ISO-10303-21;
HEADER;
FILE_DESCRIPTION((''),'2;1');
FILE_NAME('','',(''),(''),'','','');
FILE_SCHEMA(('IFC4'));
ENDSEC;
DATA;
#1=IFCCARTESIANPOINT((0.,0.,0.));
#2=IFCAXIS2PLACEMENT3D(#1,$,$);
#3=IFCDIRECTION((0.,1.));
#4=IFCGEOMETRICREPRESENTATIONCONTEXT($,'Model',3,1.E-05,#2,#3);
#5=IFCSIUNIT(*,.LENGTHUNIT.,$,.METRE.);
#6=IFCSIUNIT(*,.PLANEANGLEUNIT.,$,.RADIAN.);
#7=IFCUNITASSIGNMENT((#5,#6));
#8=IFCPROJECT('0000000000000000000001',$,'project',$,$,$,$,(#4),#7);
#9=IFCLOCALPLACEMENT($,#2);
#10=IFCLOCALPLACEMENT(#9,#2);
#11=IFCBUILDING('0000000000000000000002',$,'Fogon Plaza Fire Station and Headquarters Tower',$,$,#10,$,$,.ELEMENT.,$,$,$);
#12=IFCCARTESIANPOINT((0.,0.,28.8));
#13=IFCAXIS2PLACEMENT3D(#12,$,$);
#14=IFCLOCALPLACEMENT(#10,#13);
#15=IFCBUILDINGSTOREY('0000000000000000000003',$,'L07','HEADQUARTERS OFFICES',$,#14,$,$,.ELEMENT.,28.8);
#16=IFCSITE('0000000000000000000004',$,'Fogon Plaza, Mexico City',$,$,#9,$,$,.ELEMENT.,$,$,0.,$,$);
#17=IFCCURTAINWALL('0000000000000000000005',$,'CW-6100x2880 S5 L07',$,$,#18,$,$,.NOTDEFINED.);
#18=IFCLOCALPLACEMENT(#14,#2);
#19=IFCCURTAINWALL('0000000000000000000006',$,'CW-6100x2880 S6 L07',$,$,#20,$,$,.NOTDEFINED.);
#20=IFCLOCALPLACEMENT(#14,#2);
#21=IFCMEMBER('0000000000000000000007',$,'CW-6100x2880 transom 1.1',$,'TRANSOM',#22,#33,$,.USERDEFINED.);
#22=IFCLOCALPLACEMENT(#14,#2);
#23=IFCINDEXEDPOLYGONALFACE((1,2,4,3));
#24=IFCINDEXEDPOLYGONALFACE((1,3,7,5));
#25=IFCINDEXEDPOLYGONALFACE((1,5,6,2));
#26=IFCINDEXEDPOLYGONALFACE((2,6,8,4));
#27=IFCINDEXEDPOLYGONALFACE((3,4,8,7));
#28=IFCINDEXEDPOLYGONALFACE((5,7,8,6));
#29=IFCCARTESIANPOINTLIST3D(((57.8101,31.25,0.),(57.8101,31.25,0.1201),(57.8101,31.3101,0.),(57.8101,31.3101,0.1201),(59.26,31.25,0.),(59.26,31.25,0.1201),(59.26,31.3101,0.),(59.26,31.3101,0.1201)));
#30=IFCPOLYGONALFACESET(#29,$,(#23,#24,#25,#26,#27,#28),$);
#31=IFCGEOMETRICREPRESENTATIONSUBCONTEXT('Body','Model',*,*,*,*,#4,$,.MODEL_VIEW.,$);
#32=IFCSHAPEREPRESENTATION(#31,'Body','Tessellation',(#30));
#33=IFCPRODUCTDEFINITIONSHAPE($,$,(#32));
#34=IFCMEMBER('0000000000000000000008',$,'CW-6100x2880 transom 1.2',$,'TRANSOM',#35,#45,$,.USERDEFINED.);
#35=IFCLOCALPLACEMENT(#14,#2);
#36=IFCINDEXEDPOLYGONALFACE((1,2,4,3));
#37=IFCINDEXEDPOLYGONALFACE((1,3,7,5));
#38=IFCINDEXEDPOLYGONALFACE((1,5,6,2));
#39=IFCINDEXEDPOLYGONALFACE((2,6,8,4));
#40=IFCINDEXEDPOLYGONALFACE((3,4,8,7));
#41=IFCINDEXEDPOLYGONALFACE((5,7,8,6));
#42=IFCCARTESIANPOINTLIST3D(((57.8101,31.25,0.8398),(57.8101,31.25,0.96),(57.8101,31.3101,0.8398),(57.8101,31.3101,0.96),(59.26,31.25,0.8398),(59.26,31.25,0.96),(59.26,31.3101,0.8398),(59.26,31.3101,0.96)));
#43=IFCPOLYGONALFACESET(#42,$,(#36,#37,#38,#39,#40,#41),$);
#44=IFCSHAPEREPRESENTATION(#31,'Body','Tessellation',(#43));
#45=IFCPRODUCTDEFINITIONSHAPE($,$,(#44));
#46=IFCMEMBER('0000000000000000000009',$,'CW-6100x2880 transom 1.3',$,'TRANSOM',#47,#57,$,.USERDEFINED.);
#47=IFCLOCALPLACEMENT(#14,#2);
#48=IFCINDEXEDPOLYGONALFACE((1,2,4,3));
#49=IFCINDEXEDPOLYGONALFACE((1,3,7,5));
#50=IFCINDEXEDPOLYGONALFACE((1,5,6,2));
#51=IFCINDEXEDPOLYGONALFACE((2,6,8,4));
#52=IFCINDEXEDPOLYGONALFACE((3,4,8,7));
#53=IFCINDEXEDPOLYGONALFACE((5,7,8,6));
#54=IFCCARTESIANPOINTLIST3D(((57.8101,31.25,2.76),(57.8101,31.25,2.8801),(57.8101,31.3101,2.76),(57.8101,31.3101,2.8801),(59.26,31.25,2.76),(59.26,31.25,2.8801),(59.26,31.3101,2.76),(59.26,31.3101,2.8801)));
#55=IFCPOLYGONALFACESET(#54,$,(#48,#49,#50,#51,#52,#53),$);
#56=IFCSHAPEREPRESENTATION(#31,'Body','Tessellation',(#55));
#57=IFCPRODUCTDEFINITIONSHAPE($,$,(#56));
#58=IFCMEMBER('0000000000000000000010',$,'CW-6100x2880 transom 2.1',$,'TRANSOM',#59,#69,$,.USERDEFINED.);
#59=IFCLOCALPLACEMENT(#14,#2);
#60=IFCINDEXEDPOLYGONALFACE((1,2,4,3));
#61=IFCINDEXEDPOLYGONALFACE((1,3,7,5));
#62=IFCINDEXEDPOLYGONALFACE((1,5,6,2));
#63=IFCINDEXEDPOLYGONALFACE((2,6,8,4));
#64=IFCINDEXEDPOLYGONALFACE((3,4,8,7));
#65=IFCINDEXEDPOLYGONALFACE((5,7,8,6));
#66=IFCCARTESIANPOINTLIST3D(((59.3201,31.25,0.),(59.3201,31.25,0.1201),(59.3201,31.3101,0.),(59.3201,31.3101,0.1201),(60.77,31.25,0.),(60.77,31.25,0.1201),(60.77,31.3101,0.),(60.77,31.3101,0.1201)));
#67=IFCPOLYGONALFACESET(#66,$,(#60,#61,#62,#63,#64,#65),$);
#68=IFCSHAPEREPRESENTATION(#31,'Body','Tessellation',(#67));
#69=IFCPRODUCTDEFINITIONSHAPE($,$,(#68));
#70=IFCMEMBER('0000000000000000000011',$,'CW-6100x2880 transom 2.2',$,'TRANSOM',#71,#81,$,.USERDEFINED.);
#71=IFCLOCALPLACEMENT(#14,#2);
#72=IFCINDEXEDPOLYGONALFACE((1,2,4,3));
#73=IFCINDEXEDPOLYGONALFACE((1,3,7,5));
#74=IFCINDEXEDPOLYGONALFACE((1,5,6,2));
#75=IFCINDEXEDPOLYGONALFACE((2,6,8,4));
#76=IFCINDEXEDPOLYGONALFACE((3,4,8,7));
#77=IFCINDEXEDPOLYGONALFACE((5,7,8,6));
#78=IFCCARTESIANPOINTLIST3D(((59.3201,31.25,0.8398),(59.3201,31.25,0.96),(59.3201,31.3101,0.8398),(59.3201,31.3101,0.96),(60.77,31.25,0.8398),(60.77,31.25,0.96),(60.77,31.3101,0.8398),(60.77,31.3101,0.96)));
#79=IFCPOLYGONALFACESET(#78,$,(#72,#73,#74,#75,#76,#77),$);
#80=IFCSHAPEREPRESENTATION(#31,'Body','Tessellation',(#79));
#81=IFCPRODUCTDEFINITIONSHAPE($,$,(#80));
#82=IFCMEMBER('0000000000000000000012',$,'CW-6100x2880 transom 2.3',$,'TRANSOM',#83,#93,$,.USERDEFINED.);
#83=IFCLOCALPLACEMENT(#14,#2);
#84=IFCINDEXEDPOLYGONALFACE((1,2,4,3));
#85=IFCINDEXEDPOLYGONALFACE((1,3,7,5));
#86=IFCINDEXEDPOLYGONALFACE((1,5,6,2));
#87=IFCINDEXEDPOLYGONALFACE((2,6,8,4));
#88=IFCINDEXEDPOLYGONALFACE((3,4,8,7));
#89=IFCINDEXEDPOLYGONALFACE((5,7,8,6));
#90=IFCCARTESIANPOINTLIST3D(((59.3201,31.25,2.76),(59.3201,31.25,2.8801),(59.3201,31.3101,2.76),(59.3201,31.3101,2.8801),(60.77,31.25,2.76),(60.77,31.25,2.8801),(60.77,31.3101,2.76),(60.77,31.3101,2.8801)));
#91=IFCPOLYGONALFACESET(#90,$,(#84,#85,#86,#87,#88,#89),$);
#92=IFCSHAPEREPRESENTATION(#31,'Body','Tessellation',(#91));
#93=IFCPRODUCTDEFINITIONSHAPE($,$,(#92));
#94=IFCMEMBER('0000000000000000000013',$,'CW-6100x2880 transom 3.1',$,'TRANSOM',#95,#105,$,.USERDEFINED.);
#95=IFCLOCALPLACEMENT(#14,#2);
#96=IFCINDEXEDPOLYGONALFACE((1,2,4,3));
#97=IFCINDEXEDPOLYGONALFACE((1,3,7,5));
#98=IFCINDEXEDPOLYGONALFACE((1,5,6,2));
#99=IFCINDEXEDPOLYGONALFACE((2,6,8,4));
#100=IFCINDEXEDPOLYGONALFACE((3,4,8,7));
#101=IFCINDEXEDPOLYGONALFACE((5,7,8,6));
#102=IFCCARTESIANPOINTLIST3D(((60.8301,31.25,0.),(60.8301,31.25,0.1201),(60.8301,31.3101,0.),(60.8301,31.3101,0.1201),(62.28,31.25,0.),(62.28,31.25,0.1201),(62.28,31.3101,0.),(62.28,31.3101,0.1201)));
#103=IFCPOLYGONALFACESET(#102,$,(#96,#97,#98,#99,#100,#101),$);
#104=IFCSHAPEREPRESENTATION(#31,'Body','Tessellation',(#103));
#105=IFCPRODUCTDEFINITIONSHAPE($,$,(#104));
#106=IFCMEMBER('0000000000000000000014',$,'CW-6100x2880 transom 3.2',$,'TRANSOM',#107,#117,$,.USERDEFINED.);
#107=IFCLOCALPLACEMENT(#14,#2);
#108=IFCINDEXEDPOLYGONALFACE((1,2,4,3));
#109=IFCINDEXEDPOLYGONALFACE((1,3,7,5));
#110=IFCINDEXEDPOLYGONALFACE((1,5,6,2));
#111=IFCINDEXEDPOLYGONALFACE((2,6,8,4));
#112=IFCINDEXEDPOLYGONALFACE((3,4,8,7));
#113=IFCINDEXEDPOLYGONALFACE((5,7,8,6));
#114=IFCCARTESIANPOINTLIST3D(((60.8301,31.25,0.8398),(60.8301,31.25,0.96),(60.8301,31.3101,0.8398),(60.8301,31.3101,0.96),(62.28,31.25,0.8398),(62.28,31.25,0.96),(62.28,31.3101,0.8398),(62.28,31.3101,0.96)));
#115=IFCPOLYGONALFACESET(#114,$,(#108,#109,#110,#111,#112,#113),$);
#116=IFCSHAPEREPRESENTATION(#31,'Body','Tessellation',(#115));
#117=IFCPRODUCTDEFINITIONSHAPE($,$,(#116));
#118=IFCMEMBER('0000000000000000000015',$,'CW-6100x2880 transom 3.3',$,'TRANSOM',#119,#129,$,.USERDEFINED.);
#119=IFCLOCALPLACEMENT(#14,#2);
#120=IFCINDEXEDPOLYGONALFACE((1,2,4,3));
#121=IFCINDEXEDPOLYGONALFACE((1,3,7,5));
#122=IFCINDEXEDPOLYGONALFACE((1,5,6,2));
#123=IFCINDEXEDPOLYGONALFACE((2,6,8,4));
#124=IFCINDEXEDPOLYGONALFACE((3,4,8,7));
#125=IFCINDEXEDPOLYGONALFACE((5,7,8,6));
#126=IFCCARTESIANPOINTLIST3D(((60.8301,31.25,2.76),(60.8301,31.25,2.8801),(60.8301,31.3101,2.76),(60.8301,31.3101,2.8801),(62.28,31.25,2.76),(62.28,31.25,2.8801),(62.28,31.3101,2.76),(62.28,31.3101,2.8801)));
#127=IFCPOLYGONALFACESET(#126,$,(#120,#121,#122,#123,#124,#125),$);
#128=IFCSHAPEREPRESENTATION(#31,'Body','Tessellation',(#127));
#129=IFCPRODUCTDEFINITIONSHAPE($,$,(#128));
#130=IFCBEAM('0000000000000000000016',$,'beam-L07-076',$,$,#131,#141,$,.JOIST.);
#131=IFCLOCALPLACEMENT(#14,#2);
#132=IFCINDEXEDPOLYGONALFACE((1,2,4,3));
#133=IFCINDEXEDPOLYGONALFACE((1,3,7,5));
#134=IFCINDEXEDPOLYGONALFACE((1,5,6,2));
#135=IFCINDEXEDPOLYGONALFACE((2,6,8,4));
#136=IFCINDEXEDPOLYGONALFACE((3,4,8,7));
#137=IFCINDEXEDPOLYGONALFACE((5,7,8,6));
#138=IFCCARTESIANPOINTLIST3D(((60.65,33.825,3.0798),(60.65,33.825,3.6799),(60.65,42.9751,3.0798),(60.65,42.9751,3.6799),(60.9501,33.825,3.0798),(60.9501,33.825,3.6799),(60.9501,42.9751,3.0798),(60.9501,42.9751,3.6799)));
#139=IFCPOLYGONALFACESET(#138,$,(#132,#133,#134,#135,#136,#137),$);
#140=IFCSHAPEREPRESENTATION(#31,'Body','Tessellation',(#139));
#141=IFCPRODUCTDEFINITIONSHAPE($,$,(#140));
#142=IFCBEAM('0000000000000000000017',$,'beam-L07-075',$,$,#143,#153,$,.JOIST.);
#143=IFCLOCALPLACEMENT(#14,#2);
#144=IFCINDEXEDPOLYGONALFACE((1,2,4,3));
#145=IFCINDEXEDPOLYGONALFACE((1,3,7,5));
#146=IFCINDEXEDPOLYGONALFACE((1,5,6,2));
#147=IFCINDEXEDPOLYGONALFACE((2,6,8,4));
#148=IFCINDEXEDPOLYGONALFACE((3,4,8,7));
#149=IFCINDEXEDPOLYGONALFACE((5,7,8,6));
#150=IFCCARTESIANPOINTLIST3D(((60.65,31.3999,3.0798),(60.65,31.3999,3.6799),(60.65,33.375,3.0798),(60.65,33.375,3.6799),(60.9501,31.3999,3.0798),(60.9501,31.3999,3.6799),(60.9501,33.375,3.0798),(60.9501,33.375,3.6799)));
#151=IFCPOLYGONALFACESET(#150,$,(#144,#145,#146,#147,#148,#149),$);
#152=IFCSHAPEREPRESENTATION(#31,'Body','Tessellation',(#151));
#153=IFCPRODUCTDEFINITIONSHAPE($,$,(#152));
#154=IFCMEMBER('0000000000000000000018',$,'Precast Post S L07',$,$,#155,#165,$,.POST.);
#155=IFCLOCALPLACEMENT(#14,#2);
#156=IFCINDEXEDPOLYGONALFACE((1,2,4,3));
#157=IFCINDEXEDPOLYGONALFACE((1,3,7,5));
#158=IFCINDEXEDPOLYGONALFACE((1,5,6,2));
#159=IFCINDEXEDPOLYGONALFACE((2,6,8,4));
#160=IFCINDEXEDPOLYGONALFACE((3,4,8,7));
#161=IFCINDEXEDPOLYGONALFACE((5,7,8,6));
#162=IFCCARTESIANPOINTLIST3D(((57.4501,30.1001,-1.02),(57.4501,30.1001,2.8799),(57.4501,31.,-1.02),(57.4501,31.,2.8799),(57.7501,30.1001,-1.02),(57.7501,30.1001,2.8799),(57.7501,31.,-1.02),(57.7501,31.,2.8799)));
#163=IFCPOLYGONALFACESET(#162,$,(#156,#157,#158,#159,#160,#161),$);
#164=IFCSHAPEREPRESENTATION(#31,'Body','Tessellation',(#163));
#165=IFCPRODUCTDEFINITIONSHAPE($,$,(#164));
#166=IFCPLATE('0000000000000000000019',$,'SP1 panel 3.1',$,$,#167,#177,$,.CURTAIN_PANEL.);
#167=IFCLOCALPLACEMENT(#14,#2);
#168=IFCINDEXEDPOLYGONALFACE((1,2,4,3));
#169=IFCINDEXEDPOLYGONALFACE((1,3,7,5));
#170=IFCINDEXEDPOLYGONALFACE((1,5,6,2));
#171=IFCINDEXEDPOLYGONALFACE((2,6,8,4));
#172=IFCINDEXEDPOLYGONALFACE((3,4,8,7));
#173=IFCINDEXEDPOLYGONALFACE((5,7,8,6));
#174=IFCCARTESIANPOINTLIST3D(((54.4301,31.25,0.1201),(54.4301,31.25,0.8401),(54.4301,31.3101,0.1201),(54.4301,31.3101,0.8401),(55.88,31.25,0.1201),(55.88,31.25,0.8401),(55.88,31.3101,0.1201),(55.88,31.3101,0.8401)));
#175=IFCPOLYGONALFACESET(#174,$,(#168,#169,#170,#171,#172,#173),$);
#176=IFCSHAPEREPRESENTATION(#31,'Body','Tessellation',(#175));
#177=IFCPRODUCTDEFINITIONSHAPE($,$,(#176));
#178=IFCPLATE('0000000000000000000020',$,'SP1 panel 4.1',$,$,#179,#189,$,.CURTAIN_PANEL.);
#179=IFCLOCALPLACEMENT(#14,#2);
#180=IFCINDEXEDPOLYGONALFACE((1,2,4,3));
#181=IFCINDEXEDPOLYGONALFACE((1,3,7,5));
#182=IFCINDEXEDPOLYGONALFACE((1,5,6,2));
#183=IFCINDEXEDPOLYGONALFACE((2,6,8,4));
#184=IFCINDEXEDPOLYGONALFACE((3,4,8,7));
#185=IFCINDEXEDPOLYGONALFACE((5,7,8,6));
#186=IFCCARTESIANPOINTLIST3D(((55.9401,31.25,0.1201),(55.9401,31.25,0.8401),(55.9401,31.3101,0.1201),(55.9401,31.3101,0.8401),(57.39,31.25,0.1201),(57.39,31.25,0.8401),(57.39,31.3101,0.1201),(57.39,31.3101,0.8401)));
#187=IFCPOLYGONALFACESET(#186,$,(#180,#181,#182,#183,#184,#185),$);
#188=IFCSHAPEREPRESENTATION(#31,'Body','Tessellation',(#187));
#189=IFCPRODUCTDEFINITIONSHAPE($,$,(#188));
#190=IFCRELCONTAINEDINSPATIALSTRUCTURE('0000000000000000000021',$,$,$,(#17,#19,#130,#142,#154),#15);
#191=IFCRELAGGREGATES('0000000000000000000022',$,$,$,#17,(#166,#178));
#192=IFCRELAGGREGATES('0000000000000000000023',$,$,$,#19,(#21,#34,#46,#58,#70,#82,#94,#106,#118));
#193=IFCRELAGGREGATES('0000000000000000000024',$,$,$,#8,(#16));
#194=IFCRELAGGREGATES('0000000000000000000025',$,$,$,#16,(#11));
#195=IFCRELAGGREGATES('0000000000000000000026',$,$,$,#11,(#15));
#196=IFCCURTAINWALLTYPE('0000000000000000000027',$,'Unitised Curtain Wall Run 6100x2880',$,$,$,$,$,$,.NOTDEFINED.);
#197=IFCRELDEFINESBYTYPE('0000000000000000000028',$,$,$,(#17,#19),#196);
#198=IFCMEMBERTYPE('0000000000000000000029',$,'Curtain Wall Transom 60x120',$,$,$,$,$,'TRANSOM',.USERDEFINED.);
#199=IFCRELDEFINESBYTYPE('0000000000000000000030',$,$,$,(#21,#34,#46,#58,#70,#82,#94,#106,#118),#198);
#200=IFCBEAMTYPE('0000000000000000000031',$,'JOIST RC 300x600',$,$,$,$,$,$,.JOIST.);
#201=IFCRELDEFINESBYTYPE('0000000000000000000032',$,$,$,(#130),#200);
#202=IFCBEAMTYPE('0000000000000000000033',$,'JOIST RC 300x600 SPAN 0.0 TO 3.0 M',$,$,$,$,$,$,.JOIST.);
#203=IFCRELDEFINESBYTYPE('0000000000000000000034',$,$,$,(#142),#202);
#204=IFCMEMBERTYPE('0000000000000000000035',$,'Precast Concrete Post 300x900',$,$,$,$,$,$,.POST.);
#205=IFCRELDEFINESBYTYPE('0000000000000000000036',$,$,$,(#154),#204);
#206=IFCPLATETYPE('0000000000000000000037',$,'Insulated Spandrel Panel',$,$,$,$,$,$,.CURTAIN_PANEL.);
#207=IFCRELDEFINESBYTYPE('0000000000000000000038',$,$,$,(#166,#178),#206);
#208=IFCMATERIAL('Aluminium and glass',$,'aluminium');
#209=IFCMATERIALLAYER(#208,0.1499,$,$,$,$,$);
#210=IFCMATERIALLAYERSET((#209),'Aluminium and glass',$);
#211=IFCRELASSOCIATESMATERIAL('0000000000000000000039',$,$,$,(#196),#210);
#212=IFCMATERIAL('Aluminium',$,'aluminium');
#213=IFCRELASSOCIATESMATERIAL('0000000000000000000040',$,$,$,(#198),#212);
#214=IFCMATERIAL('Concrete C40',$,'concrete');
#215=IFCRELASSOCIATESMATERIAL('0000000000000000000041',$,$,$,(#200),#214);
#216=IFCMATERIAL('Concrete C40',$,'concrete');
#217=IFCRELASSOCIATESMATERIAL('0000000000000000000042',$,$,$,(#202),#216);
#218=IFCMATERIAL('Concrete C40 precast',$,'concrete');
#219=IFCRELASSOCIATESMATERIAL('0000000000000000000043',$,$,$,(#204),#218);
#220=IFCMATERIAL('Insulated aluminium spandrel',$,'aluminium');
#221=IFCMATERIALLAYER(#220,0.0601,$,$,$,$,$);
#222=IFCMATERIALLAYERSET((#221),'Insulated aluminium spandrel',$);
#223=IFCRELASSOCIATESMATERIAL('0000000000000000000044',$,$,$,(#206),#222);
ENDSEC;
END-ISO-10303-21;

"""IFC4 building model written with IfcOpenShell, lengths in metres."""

from ifc_helpers import new_model, si_unit, direction, frame, origin, origin_2d, place, context, subcontext, project, spatial, rectangle, extrude, material, layer, layer_set, material_profile, profile_set, type_object, element, aggregate, save


model = new_model("IFC4")

# Units and contexts
model_context = context("Model", 3, precision=1e-05, world=origin(), true_north=direction((0.0, 1.0)))
body_context = subcontext(model_context, "Body", "Model", "MODEL_VIEW")
ifc_project = project(units=[si_unit("LENGTHUNIT", "METRE"), si_unit("PLANEANGLEUNIT", "RADIAN")], contexts=[model_context])

# Site, building, storey
site_placement = place(None, origin())
site = spatial("IfcSite", under=ifc_project, at=site_placement, Name="Fogon Plaza, Mexico City", CompositionType="ELEMENT", RefElevation=0.0)
building_placement = place(site_placement, origin())
building = spatial("IfcBuilding", under=site, at=building_placement, Name="Fogon Plaza Fire Station and Headquarters Tower", CompositionType="ELEMENT")
storey_placement = place(building_placement, frame((0.0, 0.0, 28.8)))
storey = spatial("IfcBuildingStorey", under=building, at=storey_placement, Name="L07", Description="HEADQUARTERS OFFICES", CompositionType="ELEMENT", Elevation=28.8)

# Curtain walls
ifc_material_1 = material(Name="Aluminium and glass", Category="aluminium")
ifc_layer_1 = layer(ifc_material_1, 0.1499)
ifc_layer_set_1 = layer_set([ifc_layer_1], Name="Aluminium and glass")
curtain_wall_type = type_object("IfcCurtainWallType", Name="Unitised Curtain Wall Run 6100x2880", PredefinedType="NOTDEFINED", material=ifc_layer_set_1)
curtain_wall_1_placement = place(storey_placement, origin())
curtain_wall_1 = element("IfcCurtainWall", 1, at=curtain_wall_1_placement, inside=storey, type_object=curtain_wall_type, Name="CW-6100x2880 S5 L07", PredefinedType="NOTDEFINED")
curtain_wall_2_placement = place(storey_placement, origin())
curtain_wall_2 = element("IfcCurtainWall", 2, at=curtain_wall_2_placement, inside=storey, type_object=curtain_wall_type, Name="CW-6100x2880 S6 L07", PredefinedType="NOTDEFINED")

# Members
ifc_material_2 = material(Name="Aluminium", Category="aluminium")
ifc_material_profile_1 = material_profile(ifc_material_2, rectangle(XDim=0.0601, YDim=0.1201, at=origin_2d()), Name="Curtain Wall Transom 60x120")
ifc_profile_set_1 = profile_set([ifc_material_profile_1], Name="Aluminium")
member_type_1 = type_object("IfcMemberType", Name="Curtain Wall Transom 60x120", ElementType="TRANSOM", PredefinedType="USERDEFINED", material=ifc_profile_set_1)
member_1_placement = place(storey_placement, frame((57.8101, 31.28, 0.0601), z_axis=(1.0, 0.0, 0.0), x_axis=(0.0, 1.0, 0.0)))
member_1 = element("IfcMember", 3, at=member_1_placement, type_object=member_type_1, Name="CW-6100x2880 transom 1.1", ObjectType="TRANSOM", PredefinedType="USERDEFINED", context=body_context, shape_type="SweptSolid", body=[
    extrude(rectangle(XDim=0.0601, YDim=0.1201, at=origin_2d()), origin(), (0.0, 0.0, 1.0), 1.45),
])
member_2_placement = place(storey_placement, frame((57.8101, 31.28, 0.8999), z_axis=(1.0, 0.0, 0.0), x_axis=(0.0, 1.0, 0.0)))
member_2 = element("IfcMember", 4, at=member_2_placement, type_object=member_type_1, Name="CW-6100x2880 transom 1.2", ObjectType="TRANSOM", PredefinedType="USERDEFINED", context=body_context, shape_type="SweptSolid", body=[
    extrude(rectangle(XDim=0.0601, YDim=0.1201, at=origin_2d()), origin(), (0.0, 0.0, 1.0), 1.45),
])
member_3_placement = place(storey_placement, frame((57.8101, 31.28, 2.8201), z_axis=(1.0, 0.0, 0.0), x_axis=(0.0, 1.0, 0.0)))
member_3 = element("IfcMember", 5, at=member_3_placement, type_object=member_type_1, Name="CW-6100x2880 transom 1.3", ObjectType="TRANSOM", PredefinedType="USERDEFINED", context=body_context, shape_type="SweptSolid", body=[
    extrude(rectangle(XDim=0.0601, YDim=0.1201, at=origin_2d()), origin(), (0.0, 0.0, 1.0), 1.45),
])
member_4_placement = place(storey_placement, frame((59.3201, 31.28, 0.0601), z_axis=(1.0, 0.0, 0.0), x_axis=(0.0, 1.0, 0.0)))
member_4 = element("IfcMember", 6, at=member_4_placement, type_object=member_type_1, Name="CW-6100x2880 transom 2.1", ObjectType="TRANSOM", PredefinedType="USERDEFINED", context=body_context, shape_type="SweptSolid", body=[
    extrude(rectangle(XDim=0.0601, YDim=0.1201, at=origin_2d()), origin(), (0.0, 0.0, 1.0), 1.45),
])
member_5_placement = place(storey_placement, frame((59.3201, 31.28, 0.8999), z_axis=(1.0, 0.0, 0.0), x_axis=(0.0, 1.0, 0.0)))
member_5 = element("IfcMember", 7, at=member_5_placement, type_object=member_type_1, Name="CW-6100x2880 transom 2.2", ObjectType="TRANSOM", PredefinedType="USERDEFINED", context=body_context, shape_type="SweptSolid", body=[
    extrude(rectangle(XDim=0.0601, YDim=0.1201, at=origin_2d()), origin(), (0.0, 0.0, 1.0), 1.45),
])
member_6_placement = place(storey_placement, frame((59.3201, 31.28, 2.8201), z_axis=(1.0, 0.0, 0.0), x_axis=(0.0, 1.0, 0.0)))
member_6 = element("IfcMember", 8, at=member_6_placement, type_object=member_type_1, Name="CW-6100x2880 transom 2.3", ObjectType="TRANSOM", PredefinedType="USERDEFINED", context=body_context, shape_type="SweptSolid", body=[
    extrude(rectangle(XDim=0.0601, YDim=0.1201, at=origin_2d()), origin(), (0.0, 0.0, 1.0), 1.45),
])
member_7_placement = place(storey_placement, frame((60.8301, 31.28, 0.0601), z_axis=(1.0, 0.0, 0.0), x_axis=(0.0, 1.0, 0.0)))
member_7 = element("IfcMember", 9, at=member_7_placement, type_object=member_type_1, Name="CW-6100x2880 transom 3.1", ObjectType="TRANSOM", PredefinedType="USERDEFINED", context=body_context, shape_type="SweptSolid", body=[
    extrude(rectangle(XDim=0.0601, YDim=0.1201, at=origin_2d()), origin(), (0.0, 0.0, 1.0), 1.45),
])
member_8_placement = place(storey_placement, frame((60.8301, 31.28, 0.8999), z_axis=(1.0, 0.0, 0.0), x_axis=(0.0, 1.0, 0.0)))
member_8 = element("IfcMember", 10, at=member_8_placement, type_object=member_type_1, Name="CW-6100x2880 transom 3.2", ObjectType="TRANSOM", PredefinedType="USERDEFINED", context=body_context, shape_type="SweptSolid", body=[
    extrude(rectangle(XDim=0.0601, YDim=0.1201, at=origin_2d()), origin(), (0.0, 0.0, 1.0), 1.45),
])
member_9_placement = place(storey_placement, frame((60.8301, 31.28, 2.8201), z_axis=(1.0, 0.0, 0.0), x_axis=(0.0, 1.0, 0.0)))
member_9 = element("IfcMember", 11, at=member_9_placement, type_object=member_type_1, Name="CW-6100x2880 transom 3.3", ObjectType="TRANSOM", PredefinedType="USERDEFINED", context=body_context, shape_type="SweptSolid", body=[
    extrude(rectangle(XDim=0.0601, YDim=0.1201, at=origin_2d()), origin(), (0.0, 0.0, 1.0), 1.45),
])

# Beams
ifc_material_3 = material(Name="Concrete C40", Category="concrete")
ifc_material_profile_2 = material_profile(ifc_material_3, rectangle(XDim=0.3, YDim=0.6001, at=origin_2d()), Name="RC 300x600")
ifc_profile_set_2 = profile_set([ifc_material_profile_2], Name="Concrete C40")
beam_type_1 = type_object("IfcBeamType", Name="JOIST RC 300x600", PredefinedType="JOIST", material=ifc_profile_set_2)
beam_1_placement = place(storey_placement, frame((60.8, 33.825, 3.3799), z_axis=(0.0, 1.0, 0.0), x_axis=(-1.0, 0.0, 0.0)))
element("IfcBeam", 12, at=beam_1_placement, inside=storey, type_object=beam_type_1, Name="beam-L07-076", PredefinedType="JOIST", context=body_context, shape_type="SweptSolid", body=[
    extrude(rectangle(XDim=0.3, YDim=0.6001, at=origin_2d()), origin(), (0.0, 0.0, 1.0), 9.1501),
])
ifc_material_4 = material(Name="Concrete C40", Category="concrete")
ifc_material_profile_3 = material_profile(ifc_material_4, rectangle(XDim=0.3, YDim=0.6001, at=origin_2d()), Name="RC 300x600")
ifc_profile_set_3 = profile_set([ifc_material_profile_3], Name="Concrete C40")
beam_type_2 = type_object("IfcBeamType", Name="JOIST RC 300x600 SPAN 0.0 TO 3.0 M", PredefinedType="JOIST", material=ifc_profile_set_3)
beam_2_placement = place(storey_placement, frame((60.8, 31.3999, 3.3799), z_axis=(0.0, 1.0, 0.0), x_axis=(-1.0, 0.0, 0.0)))
element("IfcBeam", 13, at=beam_2_placement, inside=storey, type_object=beam_type_2, Name="beam-L07-075", PredefinedType="JOIST", context=body_context, shape_type="SweptSolid", body=[
    extrude(rectangle(XDim=0.3, YDim=0.6001, at=origin_2d()), origin(), (0.0, 0.0, 1.0), 1.9751),
])

# Member
ifc_material_5 = material(Name="Concrete C40 precast", Category="concrete")
ifc_material_profile_4 = material_profile(ifc_material_5, rectangle(XDim=0.3, YDim=0.8999, at=origin_2d()), Name="Precast Concrete Post 300x900")
ifc_profile_set_4 = profile_set([ifc_material_profile_4], Name="Concrete C40 precast")
member_type_2 = type_object("IfcMemberType", Name="Precast Concrete Post 300x900", PredefinedType="POST", material=ifc_profile_set_4)
member_10_placement = place(storey_placement, frame((57.6001, 30.55, -1.02), z_axis=(0.0, 0.0, 1.0), x_axis=(1.0, 0.0, 0.0)))
element("IfcMember", 14, at=member_10_placement, inside=storey, type_object=member_type_2, Name="Precast Post S L07", PredefinedType="POST", context=body_context, shape_type="SweptSolid", body=[
    extrude(rectangle(XDim=0.3, YDim=0.8999, at=origin_2d()), origin(), (0.0, 0.0, 1.0), 3.8999),
])

# Plates
ifc_material_6 = material(Name="Insulated aluminium spandrel", Category="aluminium")
ifc_layer_2 = layer(ifc_material_6, 0.0601)
ifc_layer_set_2 = layer_set([ifc_layer_2], Name="Insulated aluminium spandrel")
plate_type_1 = type_object("IfcPlateType", Name="Insulated Spandrel Panel", PredefinedType="CURTAIN_PANEL", material=ifc_layer_set_2)
plate_1_placement = place(storey_placement, frame((55.155, 31.28, 0.1201), z_axis=(0.0, 0.0, 1.0), x_axis=(1.0, 0.0, 0.0)))
plate_1 = element("IfcPlate", 15, at=plate_1_placement, type_object=plate_type_1, Name="SP1 panel 3.1", PredefinedType="CURTAIN_PANEL", context=body_context, shape_type="SweptSolid", body=[
    extrude(rectangle(XDim=1.45, YDim=0.0601, at=origin_2d()), origin(), (0.0, 0.0, 1.0), 0.72),
])
plate_2_placement = place(storey_placement, frame((56.665, 31.28, 0.1201), z_axis=(0.0, 0.0, 1.0), x_axis=(1.0, 0.0, 0.0)))
plate_2 = element("IfcPlate", 16, at=plate_2_placement, type_object=plate_type_1, Name="SP1 panel 4.1", PredefinedType="CURTAIN_PANEL", context=body_context, shape_type="SweptSolid", body=[
    extrude(rectangle(XDim=1.45, YDim=0.0601, at=origin_2d()), origin(), (0.0, 0.0, 1.0), 0.72),
])
aggregate(curtain_wall_1, [plate_1, plate_2])
aggregate(curtain_wall_2, [member_1, member_2, member_3, member_4, member_5, member_6, member_7, member_8, member_9])

save(model, "model.ifc")
